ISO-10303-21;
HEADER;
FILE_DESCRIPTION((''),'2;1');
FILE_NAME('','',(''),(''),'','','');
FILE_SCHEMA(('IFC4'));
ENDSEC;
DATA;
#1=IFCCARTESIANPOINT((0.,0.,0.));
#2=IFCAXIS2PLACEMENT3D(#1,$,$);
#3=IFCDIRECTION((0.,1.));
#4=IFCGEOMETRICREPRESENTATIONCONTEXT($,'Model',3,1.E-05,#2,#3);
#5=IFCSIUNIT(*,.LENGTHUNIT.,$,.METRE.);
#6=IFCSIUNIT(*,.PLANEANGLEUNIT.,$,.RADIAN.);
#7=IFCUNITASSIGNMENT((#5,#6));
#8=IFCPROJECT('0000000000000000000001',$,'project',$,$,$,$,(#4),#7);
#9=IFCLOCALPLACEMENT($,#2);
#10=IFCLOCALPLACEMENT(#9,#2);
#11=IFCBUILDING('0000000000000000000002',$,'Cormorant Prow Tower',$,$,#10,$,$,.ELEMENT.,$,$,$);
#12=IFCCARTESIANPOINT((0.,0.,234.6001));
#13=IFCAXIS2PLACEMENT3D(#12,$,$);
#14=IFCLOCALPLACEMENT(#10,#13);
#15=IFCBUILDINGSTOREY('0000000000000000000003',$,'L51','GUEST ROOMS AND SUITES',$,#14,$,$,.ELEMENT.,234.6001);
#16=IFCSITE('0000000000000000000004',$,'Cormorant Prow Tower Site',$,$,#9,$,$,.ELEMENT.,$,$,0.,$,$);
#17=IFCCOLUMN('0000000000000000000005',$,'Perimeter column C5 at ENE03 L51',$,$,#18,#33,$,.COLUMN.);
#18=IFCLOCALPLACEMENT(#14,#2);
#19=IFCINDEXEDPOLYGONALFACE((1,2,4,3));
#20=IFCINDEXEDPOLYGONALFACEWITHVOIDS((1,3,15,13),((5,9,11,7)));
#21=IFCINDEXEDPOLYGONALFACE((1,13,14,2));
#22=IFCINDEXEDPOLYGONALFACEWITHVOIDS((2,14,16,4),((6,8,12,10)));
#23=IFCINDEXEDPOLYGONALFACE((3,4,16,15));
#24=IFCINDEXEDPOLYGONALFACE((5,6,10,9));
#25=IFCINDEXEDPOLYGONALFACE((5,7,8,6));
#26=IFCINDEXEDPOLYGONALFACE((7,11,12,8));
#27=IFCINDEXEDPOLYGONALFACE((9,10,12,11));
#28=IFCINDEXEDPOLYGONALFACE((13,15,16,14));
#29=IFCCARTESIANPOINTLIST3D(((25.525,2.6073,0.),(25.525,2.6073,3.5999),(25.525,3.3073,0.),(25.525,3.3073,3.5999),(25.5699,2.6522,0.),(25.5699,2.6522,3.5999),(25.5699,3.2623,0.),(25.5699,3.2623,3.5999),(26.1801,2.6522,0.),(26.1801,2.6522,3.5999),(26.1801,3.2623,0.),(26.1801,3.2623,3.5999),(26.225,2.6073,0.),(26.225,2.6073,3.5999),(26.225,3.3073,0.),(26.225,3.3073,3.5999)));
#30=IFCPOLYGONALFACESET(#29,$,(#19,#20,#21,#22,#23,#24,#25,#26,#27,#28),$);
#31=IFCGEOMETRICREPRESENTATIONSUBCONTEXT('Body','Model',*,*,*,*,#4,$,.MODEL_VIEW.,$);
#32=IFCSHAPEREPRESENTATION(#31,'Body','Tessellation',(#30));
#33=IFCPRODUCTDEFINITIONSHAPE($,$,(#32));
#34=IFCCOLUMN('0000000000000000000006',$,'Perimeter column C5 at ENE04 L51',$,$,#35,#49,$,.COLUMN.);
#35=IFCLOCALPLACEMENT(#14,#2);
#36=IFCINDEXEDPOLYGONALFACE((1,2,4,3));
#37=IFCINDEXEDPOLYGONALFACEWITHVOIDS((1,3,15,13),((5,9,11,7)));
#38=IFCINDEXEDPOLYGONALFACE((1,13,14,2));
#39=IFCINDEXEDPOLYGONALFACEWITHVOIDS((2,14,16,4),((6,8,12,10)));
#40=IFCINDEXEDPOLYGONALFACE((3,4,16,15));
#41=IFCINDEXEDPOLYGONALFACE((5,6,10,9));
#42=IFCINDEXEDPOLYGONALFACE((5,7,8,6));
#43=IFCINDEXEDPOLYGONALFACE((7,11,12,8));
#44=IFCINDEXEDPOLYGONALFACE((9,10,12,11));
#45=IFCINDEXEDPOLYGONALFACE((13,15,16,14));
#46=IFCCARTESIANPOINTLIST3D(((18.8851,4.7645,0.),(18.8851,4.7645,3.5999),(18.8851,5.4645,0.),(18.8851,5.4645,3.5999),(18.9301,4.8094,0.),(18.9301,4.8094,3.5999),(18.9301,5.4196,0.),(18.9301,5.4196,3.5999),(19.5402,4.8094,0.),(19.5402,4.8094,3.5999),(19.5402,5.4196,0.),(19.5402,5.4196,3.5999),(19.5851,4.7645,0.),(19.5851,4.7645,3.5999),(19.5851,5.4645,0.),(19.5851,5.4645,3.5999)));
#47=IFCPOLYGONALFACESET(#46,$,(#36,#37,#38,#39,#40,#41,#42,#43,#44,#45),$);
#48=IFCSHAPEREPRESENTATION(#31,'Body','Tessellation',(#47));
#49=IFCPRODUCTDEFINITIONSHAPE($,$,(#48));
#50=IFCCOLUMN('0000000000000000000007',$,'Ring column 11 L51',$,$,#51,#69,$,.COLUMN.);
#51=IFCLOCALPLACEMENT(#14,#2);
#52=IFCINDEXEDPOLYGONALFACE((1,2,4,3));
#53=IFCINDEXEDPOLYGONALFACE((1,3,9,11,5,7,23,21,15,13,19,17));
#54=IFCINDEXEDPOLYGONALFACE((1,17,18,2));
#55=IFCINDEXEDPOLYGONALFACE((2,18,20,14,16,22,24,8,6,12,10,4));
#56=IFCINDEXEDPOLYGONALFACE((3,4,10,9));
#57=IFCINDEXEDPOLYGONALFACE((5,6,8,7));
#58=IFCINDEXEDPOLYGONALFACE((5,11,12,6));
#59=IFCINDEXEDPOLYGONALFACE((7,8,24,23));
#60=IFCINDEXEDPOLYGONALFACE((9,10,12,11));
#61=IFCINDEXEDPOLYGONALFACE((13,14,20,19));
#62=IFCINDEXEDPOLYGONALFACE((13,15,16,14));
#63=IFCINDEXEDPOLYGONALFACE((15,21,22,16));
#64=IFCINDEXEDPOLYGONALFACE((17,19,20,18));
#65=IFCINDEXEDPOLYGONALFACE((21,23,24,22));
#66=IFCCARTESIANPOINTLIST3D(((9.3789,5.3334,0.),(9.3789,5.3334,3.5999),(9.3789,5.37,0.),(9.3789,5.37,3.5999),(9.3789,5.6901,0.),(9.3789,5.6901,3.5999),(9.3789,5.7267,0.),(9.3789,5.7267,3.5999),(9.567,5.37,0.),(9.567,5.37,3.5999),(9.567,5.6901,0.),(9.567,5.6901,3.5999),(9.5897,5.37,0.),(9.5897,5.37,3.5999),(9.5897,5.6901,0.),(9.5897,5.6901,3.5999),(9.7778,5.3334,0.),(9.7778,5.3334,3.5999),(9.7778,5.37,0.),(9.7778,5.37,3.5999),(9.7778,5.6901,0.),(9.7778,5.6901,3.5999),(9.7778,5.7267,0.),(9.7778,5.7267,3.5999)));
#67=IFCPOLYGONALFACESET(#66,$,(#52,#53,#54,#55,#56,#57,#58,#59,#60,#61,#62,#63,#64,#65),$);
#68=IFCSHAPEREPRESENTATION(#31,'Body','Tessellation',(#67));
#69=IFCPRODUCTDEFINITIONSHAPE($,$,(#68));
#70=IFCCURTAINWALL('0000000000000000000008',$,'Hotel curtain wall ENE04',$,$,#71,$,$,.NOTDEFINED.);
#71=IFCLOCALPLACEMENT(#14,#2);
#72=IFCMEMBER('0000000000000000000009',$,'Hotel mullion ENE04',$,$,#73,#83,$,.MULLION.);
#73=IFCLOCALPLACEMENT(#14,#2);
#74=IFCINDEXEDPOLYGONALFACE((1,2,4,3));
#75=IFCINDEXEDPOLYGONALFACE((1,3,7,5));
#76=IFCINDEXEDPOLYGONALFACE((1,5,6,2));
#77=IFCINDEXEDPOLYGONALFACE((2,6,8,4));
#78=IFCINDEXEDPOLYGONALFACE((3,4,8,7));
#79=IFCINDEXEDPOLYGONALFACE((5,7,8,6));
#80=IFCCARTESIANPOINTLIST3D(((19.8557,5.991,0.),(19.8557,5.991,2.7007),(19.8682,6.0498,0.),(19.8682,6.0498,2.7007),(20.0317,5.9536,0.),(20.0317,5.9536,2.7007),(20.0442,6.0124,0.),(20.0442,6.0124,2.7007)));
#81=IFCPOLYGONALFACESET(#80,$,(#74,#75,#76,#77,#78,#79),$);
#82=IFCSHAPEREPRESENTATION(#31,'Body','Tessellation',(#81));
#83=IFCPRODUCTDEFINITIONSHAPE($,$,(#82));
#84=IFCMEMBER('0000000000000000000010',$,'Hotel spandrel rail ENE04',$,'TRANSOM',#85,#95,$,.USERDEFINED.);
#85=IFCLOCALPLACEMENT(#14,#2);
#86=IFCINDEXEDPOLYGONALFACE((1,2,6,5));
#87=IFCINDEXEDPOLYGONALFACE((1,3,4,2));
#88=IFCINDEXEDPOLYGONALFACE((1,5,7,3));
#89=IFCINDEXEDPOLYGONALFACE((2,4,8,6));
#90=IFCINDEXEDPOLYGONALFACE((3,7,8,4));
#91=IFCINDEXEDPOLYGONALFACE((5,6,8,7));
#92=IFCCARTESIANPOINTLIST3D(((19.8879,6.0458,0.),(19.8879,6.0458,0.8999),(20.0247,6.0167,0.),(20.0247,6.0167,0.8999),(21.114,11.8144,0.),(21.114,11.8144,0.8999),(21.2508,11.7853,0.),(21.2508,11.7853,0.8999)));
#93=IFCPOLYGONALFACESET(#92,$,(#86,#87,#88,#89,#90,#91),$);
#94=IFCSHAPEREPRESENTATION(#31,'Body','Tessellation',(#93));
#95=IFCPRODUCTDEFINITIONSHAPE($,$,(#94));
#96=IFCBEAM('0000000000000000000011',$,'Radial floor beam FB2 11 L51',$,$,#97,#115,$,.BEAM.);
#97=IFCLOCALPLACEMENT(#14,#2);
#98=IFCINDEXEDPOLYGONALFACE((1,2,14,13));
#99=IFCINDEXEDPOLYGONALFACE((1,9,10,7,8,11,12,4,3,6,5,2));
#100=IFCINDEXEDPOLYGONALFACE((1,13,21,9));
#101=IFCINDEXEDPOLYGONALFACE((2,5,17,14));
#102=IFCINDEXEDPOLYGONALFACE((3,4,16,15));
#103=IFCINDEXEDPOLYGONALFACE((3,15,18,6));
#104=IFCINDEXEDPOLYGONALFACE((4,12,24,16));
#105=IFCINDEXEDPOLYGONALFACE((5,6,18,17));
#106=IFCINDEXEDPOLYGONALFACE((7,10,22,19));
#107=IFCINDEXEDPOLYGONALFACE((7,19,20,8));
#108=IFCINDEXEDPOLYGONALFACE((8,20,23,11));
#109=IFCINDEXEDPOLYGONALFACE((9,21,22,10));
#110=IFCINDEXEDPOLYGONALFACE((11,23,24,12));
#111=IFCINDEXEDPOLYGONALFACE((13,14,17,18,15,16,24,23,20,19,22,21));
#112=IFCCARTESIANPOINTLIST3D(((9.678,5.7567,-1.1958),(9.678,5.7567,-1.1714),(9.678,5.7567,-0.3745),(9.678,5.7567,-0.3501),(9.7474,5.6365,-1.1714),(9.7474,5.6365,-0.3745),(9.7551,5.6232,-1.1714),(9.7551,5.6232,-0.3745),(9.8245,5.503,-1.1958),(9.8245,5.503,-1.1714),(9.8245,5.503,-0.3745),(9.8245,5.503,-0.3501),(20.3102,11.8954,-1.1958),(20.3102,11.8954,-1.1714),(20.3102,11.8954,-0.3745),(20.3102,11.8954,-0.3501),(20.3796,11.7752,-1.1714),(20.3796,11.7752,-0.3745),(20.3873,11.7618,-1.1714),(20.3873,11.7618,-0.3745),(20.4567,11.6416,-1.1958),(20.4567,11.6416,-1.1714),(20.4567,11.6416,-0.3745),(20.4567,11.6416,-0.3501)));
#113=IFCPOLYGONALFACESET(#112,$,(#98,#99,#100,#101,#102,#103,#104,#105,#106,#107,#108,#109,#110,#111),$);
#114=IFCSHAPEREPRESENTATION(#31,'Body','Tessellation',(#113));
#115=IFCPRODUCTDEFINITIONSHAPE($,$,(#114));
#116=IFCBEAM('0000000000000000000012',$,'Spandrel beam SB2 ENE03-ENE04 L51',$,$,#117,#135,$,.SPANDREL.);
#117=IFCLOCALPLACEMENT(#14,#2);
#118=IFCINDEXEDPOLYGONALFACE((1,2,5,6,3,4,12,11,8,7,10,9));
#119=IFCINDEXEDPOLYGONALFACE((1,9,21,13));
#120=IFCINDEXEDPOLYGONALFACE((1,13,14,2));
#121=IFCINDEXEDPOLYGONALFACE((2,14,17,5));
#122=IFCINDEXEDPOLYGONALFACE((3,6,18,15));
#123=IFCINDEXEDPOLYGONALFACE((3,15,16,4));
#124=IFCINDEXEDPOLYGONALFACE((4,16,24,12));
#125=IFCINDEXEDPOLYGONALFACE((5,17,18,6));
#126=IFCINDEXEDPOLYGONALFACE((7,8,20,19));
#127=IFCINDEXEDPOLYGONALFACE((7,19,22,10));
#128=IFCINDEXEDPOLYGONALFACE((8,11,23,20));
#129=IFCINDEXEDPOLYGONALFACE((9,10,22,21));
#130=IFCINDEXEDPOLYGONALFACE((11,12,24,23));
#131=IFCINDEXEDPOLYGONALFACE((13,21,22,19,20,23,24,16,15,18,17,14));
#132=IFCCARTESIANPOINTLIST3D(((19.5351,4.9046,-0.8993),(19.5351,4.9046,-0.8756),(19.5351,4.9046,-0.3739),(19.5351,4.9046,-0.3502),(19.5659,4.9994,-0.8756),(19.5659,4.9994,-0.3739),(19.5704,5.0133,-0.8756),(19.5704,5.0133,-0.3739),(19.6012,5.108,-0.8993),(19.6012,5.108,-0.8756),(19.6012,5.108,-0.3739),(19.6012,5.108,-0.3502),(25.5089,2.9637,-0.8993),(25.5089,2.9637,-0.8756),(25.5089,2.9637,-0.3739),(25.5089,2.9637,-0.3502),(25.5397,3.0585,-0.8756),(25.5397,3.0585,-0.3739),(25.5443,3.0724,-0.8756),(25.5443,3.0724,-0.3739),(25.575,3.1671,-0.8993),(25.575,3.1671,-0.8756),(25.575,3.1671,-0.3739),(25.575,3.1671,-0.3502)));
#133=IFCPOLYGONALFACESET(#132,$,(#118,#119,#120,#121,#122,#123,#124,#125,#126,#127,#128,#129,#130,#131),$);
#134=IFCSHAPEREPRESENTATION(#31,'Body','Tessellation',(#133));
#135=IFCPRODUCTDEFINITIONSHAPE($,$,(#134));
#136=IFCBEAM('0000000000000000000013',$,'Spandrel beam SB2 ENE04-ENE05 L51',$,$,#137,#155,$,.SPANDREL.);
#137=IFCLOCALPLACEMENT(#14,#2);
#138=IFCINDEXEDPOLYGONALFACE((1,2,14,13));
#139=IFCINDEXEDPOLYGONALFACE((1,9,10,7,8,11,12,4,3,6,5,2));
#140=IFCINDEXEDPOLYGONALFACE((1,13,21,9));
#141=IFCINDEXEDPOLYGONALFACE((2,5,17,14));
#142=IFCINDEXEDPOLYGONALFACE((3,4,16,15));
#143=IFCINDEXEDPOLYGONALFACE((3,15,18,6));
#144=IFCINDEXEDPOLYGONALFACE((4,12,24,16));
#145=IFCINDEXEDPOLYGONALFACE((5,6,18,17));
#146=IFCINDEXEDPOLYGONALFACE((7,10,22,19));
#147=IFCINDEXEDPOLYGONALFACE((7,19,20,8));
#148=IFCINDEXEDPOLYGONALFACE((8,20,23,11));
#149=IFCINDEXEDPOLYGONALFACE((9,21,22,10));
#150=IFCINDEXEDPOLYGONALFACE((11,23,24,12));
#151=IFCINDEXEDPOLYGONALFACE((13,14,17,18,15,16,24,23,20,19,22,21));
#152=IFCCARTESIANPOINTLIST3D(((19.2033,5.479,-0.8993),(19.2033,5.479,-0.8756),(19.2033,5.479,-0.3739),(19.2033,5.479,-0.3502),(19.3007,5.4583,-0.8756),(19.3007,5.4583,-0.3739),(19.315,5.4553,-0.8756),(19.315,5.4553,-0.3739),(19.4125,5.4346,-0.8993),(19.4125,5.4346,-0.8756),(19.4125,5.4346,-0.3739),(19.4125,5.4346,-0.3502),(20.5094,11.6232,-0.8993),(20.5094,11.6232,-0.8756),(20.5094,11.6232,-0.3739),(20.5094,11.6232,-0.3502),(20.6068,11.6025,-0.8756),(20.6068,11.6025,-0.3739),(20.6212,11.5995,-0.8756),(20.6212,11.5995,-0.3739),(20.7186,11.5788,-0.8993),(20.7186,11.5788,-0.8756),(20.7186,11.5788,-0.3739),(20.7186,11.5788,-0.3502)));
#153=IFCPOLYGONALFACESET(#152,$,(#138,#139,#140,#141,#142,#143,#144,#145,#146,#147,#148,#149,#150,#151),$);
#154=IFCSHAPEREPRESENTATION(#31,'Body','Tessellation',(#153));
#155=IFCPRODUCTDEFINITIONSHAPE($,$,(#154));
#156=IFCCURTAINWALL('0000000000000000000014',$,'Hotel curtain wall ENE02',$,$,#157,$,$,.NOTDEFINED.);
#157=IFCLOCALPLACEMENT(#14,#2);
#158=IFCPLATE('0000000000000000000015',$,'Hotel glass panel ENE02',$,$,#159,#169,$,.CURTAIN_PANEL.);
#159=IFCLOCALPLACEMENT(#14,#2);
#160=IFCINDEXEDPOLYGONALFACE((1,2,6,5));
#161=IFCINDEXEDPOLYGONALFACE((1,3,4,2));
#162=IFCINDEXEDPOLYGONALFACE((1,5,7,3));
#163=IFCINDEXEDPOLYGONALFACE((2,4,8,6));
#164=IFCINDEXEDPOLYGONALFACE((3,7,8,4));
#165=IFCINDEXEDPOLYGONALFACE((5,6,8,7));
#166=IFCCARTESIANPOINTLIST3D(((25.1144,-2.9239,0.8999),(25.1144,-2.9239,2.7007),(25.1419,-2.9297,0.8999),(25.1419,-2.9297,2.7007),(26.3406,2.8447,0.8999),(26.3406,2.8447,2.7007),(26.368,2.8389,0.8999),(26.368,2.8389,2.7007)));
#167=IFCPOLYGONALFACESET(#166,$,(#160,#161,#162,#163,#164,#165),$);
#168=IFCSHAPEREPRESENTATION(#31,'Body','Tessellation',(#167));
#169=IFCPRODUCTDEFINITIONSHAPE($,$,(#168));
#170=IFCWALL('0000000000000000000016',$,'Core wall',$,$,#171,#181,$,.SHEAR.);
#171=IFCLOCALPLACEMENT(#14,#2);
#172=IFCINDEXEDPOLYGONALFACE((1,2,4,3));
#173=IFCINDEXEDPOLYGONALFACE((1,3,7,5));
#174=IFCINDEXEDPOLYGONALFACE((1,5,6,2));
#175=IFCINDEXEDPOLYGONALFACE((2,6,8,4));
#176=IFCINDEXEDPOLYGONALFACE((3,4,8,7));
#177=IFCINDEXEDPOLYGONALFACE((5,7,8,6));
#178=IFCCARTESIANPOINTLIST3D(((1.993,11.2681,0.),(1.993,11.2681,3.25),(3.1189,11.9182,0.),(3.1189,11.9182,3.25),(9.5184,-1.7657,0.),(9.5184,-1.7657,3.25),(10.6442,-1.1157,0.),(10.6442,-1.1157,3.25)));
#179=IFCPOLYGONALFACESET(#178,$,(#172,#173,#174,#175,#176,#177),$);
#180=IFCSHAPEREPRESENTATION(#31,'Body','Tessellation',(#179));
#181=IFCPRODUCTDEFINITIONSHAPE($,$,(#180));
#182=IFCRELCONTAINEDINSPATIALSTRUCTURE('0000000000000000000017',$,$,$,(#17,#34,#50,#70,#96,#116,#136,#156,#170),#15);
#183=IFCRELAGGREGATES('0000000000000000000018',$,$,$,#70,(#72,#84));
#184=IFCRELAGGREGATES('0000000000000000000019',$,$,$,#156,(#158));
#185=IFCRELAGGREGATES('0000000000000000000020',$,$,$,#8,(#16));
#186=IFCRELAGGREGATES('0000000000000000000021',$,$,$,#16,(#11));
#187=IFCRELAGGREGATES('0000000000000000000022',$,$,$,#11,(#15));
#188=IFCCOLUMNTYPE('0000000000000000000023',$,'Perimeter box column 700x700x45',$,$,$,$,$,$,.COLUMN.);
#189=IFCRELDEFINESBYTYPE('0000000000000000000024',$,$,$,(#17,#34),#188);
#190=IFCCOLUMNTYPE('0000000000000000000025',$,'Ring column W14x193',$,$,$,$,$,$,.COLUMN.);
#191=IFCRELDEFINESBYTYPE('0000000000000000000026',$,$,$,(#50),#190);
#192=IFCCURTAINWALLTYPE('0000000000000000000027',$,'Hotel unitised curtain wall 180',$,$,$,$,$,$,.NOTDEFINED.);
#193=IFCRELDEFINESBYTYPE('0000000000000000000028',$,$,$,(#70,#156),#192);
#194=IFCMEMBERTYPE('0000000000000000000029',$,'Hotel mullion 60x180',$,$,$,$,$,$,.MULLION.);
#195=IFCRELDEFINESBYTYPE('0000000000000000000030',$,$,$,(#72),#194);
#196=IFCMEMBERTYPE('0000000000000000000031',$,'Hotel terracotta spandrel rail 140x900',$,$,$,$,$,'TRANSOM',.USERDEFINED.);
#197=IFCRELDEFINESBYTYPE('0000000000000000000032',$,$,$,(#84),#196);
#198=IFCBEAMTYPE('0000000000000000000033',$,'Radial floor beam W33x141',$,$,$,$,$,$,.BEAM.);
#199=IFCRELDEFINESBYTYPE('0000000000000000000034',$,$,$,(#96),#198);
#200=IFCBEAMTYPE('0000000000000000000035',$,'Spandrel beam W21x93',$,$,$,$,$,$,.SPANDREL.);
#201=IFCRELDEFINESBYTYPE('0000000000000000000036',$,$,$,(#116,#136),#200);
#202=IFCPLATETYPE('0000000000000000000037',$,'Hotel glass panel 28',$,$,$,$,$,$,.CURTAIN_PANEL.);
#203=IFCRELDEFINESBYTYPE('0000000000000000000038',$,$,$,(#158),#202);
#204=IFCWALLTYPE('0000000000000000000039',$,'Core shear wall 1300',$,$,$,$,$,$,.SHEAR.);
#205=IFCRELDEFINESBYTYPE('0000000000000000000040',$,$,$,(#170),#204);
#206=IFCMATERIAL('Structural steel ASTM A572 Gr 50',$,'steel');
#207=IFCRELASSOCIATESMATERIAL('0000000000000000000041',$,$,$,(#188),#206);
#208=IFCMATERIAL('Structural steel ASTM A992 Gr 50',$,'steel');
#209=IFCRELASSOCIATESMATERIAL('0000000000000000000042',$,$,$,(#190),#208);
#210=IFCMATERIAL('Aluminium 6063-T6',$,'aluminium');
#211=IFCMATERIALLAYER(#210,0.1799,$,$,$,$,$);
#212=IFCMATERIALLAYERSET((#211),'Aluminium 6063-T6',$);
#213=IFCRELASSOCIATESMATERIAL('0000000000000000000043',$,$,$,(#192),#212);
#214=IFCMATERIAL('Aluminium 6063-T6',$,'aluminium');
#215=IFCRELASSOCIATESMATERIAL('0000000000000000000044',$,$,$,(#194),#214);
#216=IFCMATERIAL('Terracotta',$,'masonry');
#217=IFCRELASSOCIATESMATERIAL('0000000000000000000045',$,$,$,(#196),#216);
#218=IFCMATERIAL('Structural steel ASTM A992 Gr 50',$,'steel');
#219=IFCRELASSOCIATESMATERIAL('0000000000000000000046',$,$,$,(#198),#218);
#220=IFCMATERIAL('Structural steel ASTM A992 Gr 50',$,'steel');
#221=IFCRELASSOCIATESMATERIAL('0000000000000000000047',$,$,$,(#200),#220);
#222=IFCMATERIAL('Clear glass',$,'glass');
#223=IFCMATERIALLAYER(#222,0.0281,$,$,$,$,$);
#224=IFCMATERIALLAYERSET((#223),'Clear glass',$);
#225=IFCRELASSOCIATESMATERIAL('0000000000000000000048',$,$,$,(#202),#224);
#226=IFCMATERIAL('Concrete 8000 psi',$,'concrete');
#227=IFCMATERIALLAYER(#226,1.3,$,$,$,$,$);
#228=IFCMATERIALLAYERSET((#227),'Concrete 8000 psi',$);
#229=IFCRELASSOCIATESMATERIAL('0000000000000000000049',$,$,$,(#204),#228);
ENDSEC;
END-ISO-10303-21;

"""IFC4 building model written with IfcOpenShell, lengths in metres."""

from ifc_helpers import new_model, si_unit, direction, frame, frame_2d, origin, origin_2d, place, context, subcontext, project, spatial, rectangle, hollow_rectangle, i_section, extrude, material, layer, layer_set, material_profile, profile_set, type_object, element, aggregate, save


model = new_model("IFC4")

# Units and contexts
model_context = context("Model", 3, precision=1e-05, world=origin(), true_north=direction((0.0, 1.0)))
body_context = subcontext(model_context, "Body", "Model", "MODEL_VIEW")
ifc_project = project(units=[si_unit("LENGTHUNIT", "METRE"), si_unit("PLANEANGLEUNIT", "RADIAN")], contexts=[model_context])

# Site, building, storey
site_placement = place(None, origin())
site = spatial("IfcSite", under=ifc_project, at=site_placement, Name="Cormorant Prow Tower Site", CompositionType="ELEMENT", RefElevation=0.0)
building_placement = place(site_placement, origin())
building = spatial("IfcBuilding", under=site, at=building_placement, Name="Cormorant Prow Tower", CompositionType="ELEMENT")
storey_placement = place(building_placement, frame((0.0, 0.0, 234.6001)))
storey = spatial("IfcBuildingStorey", under=building, at=storey_placement, Name="L51", Description="GUEST ROOMS AND SUITES", CompositionType="ELEMENT", Elevation=234.6001)

# Columns
ifc_material_1 = material(Name="Structural steel ASTM A572 Gr 50", Category="steel")
ifc_material_profile_1 = material_profile(ifc_material_1, hollow_rectangle(XDim=0.7, YDim=0.7, WallThickness=0.0449, at=origin_2d()), Name="Box 700x700x45")
ifc_profile_set_1 = profile_set([ifc_material_profile_1], Name="Structural steel ASTM A572 Gr 50")
column_type_1 = type_object("IfcColumnType", Name="Perimeter box column 700x700x45", PredefinedType="COLUMN", material=ifc_profile_set_1)
for number, where, z_axis, x_axis, name in (
    (1, (25.875, 2.9573, 0.0), (0.0, 0.0, 1.0), (1.0, 0.0, 0.0), "Perimeter column C5 at ENE03 L51"),
    (2, (19.2351, 5.1145, 0.0), (0.0, 0.0, 1.0), (1.0, 0.0, 0.0), "Perimeter column C5 at ENE04 L51"),
):
    element("IfcColumn", number, at=place(storey_placement, frame(where, z_axis=z_axis, x_axis=x_axis)), inside=storey, type_object=column_type_1, Name=name, PredefinedType="COLUMN", context=body_context, shape_type="SweptSolid", body=[
        extrude(hollow_rectangle(XDim=0.7, YDim=0.7, WallThickness=0.0449, at=origin_2d()), origin(), (0.0, 0.0, 1.0), 3.5999),
    ])
ifc_material_2 = material(Name="Structural steel ASTM A992 Gr 50", Category="steel")
ifc_material_profile_2 = material_profile(ifc_material_2, i_section(OverallWidth=0.3989, OverallDepth=0.3933, WebThickness=0.0227, FlangeThickness=0.0366, at=origin_2d()), Name="W14x193")
ifc_profile_set_2 = profile_set([ifc_material_profile_2], Name="Structural steel ASTM A992 Gr 50")
column_type_2 = type_object("IfcColumnType", Name="Ring column W14x193", PredefinedType="COLUMN", material=ifc_profile_set_2)
column_placement = place(storey_placement, frame((9.5784, 5.53, 0.0), z_axis=(0.0, 0.0, 1.0), x_axis=(1.0, 0.0, 0.0)))
element("IfcColumn", 3, at=column_placement, inside=storey, type_object=column_type_2, Name="Ring column 11 L51", PredefinedType="COLUMN", context=body_context, shape_type="SweptSolid", body=[
    extrude(i_section(OverallWidth=0.3989, OverallDepth=0.3933, WebThickness=0.0227, FlangeThickness=0.0366, at=origin_2d()), origin(), (0.0, 0.0, 1.0), 3.5999),
])

# Curtain wall, members
ifc_material_3 = material(Name="Aluminium 6063-T6", Category="aluminium")
ifc_layer_1 = layer(ifc_material_3, 0.1799)
ifc_layer_set_1 = layer_set([ifc_layer_1], Name="Aluminium 6063-T6")
curtain_wall_type = type_object("IfcCurtainWallType", Name="Hotel unitised curtain wall 180", PredefinedType="NOTDEFINED", material=ifc_layer_set_1)
curtain_wall_1_placement = place(storey_placement, origin())
curtain_wall_1 = element("IfcCurtainWall", 4, at=curtain_wall_1_placement, inside=storey, type_object=curtain_wall_type, Name="Hotel curtain wall ENE04", PredefinedType="NOTDEFINED")
ifc_material_4 = material(Name="Aluminium 6063-T6", Category="aluminium")
ifc_material_profile_3 = material_profile(ifc_material_4, rectangle(XDim=0.1799, YDim=0.0601, at=origin_2d()), Name="Hotel mullion 60x180")
ifc_profile_set_3 = profile_set([ifc_material_profile_3], Name="Aluminium 6063-T6")
member_type_1 = type_object("IfcMemberType", Name="Hotel mullion 60x180", PredefinedType="MULLION", material=ifc_profile_set_3)
member_1_placement = place(storey_placement, frame((19.95, 6.0017, 0.0), z_axis=(0.0, 0.0, 1.0), x_axis=(-0.978148, 0.207912, 0.0)))
member_1 = element("IfcMember", 5, at=member_1_placement, type_object=member_type_1, Name="Hotel mullion ENE04", PredefinedType="MULLION", context=body_context, shape_type="SweptSolid", body=[
    extrude(rectangle(XDim=0.1799, YDim=0.0601, at=origin_2d()), origin(), (0.0, 0.0, 1.0), 2.7007),
])
ifc_material_5 = material(Name="Terracotta", Category="masonry")
ifc_material_profile_4 = material_profile(ifc_material_5, rectangle(XDim=0.1399, YDim=0.8999, at=origin_2d()), Name="Hotel terracotta spandrel rail 140x900")
ifc_profile_set_4 = profile_set([ifc_material_profile_4], Name="Terracotta")
member_type_2 = type_object("IfcMemberType", Name="Hotel terracotta spandrel rail 140x900", ElementType="TRANSOM", PredefinedType="USERDEFINED", material=ifc_profile_set_4)
member_2_placement = place(storey_placement, frame((19.9563, 6.0312, 0.45), z_axis=(0.2079, 0.97815, 0.0), x_axis=(-0.97815, 0.2079, 0.0)))
member_2 = element("IfcMember", 6, at=member_2_placement, type_object=member_type_2, Name="Hotel spandrel rail ENE04", ObjectType="TRANSOM", PredefinedType="USERDEFINED", context=body_context, shape_type="SweptSolid", body=[
    extrude(rectangle(XDim=0.1399, YDim=0.8999, at=origin_2d()), origin(), (0.0, 0.0, 1.0), 5.8975),
])
aggregate(curtain_wall_1, [member_1, member_2])

# Beams
ifc_material_6 = material(Name="Structural steel ASTM A992 Gr 50", Category="steel")
ifc_material_profile_5 = material_profile(ifc_material_6, i_section(OverallWidth=0.293, OverallDepth=0.8457, WebThickness=0.0154, FlangeThickness=0.0244, at=origin_2d()), Name="W33x141")
ifc_profile_set_5 = profile_set([ifc_material_profile_5], Name="Structural steel ASTM A992 Gr 50")
beam_type_1 = type_object("IfcBeamType", Name="Radial floor beam W33x141", PredefinedType="BEAM", material=ifc_profile_set_5)
beam_1_placement = place(storey_placement, frame((9.7512, 5.6299, -0.7729), z_axis=(0.866022, 0.500006, 0.0), x_axis=(-0.500006, 0.866022, 0.0)))
element("IfcBeam", 7, at=beam_1_placement, inside=storey, type_object=beam_type_1, Name="Radial floor beam FB2 11 L51", PredefinedType="BEAM", context=body_context, shape_type="SweptSolid", body=[
    extrude(i_section(OverallWidth=0.293, OverallDepth=0.8457, WebThickness=0.0154, FlangeThickness=0.0244, at=origin_2d()), origin(), (0.0, 0.0, 1.0), 12.2771),
])
ifc_material_7 = material(Name="Structural steel ASTM A992 Gr 50", Category="steel")
ifc_material_profile_6 = material_profile(ifc_material_7, i_section(OverallWidth=0.2139, OverallDepth=0.5491, WebThickness=0.0146, FlangeThickness=0.0237, at=origin_2d()), Name="W21x93")
ifc_profile_set_6 = profile_set([ifc_material_profile_6], Name="Structural steel ASTM A992 Gr 50")
beam_type_2 = type_object("IfcBeamType", Name="Spandrel beam W21x93", PredefinedType="SPANDREL", material=ifc_profile_set_6)
beam_2_placement = place(storey_placement, frame((25.542, 3.0654, -0.6248), z_axis=(-0.951062, 0.309001, 0.0), x_axis=(-0.309001, -0.951062, 0.0)))
element("IfcBeam", 8, at=beam_2_placement, inside=storey, type_object=beam_type_2, Name="Spandrel beam SB2 ENE03-ENE04 L51", PredefinedType="SPANDREL", context=body_context, shape_type="SweptSolid", body=[
    extrude(i_section(OverallWidth=0.2139, OverallDepth=0.5491, WebThickness=0.0146, FlangeThickness=0.0237, at=origin_2d()), origin(), (0.0, 0.0, 1.0), 6.2812),
])
beam_3_placement = place(storey_placement, frame((19.3079, 5.4568, -0.6248), z_axis=(0.207934, 0.978143, 0.0), x_axis=(-0.978143, 0.207934, 0.0)))
element("IfcBeam", 9, at=beam_3_placement, inside=storey, type_object=beam_type_2, Name="Spandrel beam SB2 ENE04-ENE05 L51", PredefinedType="SPANDREL", context=body_context, shape_type="SweptSolid", body=[
    extrude(i_section(OverallWidth=0.2139, OverallDepth=0.5491, WebThickness=0.0146, FlangeThickness=0.0237, at=origin_2d()), origin(), (0.0, 0.0, 1.0), 6.2815),
])

# Curtain wall, plate
curtain_wall_2_placement = place(storey_placement, origin())
curtain_wall_2 = element("IfcCurtainWall", 10, at=curtain_wall_2_placement, inside=storey, type_object=curtain_wall_type, Name="Hotel curtain wall ENE02", PredefinedType="NOTDEFINED")
ifc_material_8 = material(Name="Clear glass", Category="glass")
ifc_layer_2 = layer(ifc_material_8, 0.0281)
ifc_layer_set_2 = layer_set([ifc_layer_2], Name="Clear glass")
plate_type = type_object("IfcPlateType", Name="Hotel glass panel 28", PredefinedType="CURTAIN_PANEL", material=ifc_layer_set_2)
plate_placement = place(storey_placement, frame((25.7412, -0.0425, 0.8999), z_axis=(0.0, 0.0, 1.0), x_axis=(0.207912, 0.978148, 0.0)))
plate = element("IfcPlate", 11, at=plate_placement, type_object=plate_type, Name="Hotel glass panel ENE02", PredefinedType="CURTAIN_PANEL", context=body_context, shape_type="SweptSolid", body=[
    extrude(rectangle(XDim=5.8975, YDim=0.0281, at=origin_2d()), origin(), (0.0, 0.0, 1.0), 1.8008),
])
aggregate(curtain_wall_2, [plate])

# Wall
ifc_material_9 = material(Name="Concrete 8000 psi", Category="concrete")
ifc_layer_3 = layer(ifc_material_9, 1.3)
ifc_layer_set_3 = layer_set([ifc_layer_3], Name="Concrete 8000 psi")
wall_type_1 = type_object("IfcWallType", Name="Core shear wall 1300", PredefinedType="SHEAR", material=ifc_layer_set_3)
wall_1_placement = place(storey_placement, frame((10.0813, -1.4407, 0.0), z_axis=(0.0, 0.0, 1.0), x_axis=(-0.500012, 0.866018, 0.0)))
element("IfcWall", 12, at=wall_1_placement, inside=storey, type_object=wall_type_1, Name="Core wall", PredefinedType="SHEAR", context=body_context, shape_type="SweptSolid", body=[
    extrude(rectangle(XDim=15.0503, YDim=1.3, at=frame_2d((7.5251, 0.0))), origin(), (0.0, 0.0, 1.0), 3.25),
])

save(model, "model.ifc")
